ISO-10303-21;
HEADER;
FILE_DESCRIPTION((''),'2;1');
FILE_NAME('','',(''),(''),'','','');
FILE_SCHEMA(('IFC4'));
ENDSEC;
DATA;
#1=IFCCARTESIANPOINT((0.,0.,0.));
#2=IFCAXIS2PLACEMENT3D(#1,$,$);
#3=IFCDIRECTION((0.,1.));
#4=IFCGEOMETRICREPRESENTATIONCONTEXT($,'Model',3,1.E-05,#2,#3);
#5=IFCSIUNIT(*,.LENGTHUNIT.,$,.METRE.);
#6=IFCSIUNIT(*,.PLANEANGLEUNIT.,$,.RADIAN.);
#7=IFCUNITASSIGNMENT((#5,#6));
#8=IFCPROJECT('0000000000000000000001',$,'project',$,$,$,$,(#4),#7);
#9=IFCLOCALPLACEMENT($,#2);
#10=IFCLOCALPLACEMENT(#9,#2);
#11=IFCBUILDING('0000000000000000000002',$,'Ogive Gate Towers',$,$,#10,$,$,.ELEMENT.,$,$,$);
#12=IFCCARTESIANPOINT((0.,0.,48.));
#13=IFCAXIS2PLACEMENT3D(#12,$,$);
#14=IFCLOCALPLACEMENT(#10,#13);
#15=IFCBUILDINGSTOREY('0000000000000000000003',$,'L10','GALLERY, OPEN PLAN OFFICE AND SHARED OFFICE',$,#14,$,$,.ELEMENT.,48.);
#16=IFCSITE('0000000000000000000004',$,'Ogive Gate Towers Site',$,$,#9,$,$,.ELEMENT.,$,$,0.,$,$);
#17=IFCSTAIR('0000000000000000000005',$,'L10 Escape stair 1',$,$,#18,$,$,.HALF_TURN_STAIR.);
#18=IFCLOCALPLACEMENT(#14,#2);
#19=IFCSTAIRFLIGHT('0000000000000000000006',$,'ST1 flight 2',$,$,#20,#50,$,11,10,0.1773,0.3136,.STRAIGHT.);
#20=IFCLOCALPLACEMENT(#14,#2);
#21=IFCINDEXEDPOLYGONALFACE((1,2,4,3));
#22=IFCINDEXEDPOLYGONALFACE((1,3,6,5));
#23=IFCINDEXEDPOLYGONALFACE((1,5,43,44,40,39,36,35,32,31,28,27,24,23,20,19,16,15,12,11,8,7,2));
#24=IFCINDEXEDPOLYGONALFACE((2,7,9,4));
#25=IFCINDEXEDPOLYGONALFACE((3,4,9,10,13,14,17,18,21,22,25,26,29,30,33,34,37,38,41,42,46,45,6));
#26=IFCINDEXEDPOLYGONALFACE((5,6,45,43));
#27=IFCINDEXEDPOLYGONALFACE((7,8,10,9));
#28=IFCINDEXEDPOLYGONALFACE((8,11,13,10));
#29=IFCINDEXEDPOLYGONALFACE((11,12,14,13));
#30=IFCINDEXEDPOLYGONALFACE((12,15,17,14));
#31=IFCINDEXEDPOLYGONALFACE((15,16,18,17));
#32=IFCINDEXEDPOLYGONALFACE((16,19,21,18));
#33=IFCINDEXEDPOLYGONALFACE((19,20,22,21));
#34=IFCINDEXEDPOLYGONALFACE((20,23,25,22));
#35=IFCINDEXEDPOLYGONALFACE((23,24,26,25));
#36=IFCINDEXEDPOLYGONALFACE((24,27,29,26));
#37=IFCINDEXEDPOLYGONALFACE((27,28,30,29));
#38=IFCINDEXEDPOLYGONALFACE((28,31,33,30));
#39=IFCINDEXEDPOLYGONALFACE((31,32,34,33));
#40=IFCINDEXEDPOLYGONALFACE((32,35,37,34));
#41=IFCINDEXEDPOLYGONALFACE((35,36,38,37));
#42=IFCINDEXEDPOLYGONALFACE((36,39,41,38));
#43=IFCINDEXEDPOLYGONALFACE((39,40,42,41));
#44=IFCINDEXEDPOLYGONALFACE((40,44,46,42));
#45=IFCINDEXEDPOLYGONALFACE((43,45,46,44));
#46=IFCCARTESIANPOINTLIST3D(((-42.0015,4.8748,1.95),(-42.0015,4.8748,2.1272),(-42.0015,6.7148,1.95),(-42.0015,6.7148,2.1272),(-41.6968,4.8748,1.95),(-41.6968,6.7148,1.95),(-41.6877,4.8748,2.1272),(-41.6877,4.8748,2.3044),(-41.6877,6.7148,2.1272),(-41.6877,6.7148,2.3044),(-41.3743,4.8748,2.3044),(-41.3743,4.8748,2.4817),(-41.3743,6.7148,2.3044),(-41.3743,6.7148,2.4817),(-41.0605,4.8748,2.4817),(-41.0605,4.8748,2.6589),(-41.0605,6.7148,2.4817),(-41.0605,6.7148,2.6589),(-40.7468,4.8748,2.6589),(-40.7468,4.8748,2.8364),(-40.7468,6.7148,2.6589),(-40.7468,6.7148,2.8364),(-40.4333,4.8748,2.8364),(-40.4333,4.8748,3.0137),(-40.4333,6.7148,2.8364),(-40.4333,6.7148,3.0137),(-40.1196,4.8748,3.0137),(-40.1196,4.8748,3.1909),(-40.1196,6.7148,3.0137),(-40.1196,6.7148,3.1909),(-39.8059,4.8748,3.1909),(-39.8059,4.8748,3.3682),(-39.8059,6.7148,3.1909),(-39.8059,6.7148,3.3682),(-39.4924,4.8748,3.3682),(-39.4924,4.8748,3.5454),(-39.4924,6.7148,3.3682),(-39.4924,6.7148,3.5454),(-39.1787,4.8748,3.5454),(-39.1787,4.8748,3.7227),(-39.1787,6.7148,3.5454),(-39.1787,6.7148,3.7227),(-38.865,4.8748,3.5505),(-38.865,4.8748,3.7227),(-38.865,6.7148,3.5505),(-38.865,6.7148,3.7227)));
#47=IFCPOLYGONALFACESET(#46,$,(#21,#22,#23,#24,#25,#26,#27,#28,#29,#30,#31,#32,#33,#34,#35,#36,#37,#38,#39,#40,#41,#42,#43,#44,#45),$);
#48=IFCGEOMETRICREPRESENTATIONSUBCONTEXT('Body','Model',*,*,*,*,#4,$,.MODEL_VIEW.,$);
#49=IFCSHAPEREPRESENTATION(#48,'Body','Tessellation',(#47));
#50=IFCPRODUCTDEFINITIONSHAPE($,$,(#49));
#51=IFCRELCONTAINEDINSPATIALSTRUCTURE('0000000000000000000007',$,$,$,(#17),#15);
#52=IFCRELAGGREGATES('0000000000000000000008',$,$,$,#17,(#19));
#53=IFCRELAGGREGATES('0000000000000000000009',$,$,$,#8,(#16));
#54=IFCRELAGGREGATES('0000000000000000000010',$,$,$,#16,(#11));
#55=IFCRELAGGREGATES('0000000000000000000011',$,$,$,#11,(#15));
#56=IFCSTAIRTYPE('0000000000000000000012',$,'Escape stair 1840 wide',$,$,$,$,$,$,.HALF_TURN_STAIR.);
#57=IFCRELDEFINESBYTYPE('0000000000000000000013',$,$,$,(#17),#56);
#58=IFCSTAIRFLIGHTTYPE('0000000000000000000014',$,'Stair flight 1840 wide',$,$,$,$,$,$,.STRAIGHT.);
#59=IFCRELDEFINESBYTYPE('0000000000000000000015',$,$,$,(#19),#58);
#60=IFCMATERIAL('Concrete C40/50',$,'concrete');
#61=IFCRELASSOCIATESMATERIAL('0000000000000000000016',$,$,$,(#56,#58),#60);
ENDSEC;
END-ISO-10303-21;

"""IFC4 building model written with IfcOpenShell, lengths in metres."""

from ifc_helpers import new_model, si_unit, direction, frame, origin, place, context, subcontext, project, spatial, polyline, outline, extrude, material, type_object, element, aggregate, save


model = new_model("IFC4")

# Units and contexts
model_context = context("Model", 3, precision=1e-05, world=origin(), true_north=direction((0.0, 1.0)))
body_context = subcontext(model_context, "Body", "Model", "MODEL_VIEW")
ifc_project = project(units=[si_unit("LENGTHUNIT", "METRE"), si_unit("PLANEANGLEUNIT", "RADIAN")], contexts=[model_context])

# Site, building, storey
site_placement = place(None, origin())
site = spatial("IfcSite", under=ifc_project, at=site_placement, Name="Ogive Gate Towers Site", CompositionType="ELEMENT", RefElevation=0.0)
building_placement = place(site_placement, origin())
building = spatial("IfcBuilding", under=site, at=building_placement, Name="Ogive Gate Towers", CompositionType="ELEMENT")
storey_placement = place(building_placement, frame((0.0, 0.0, 48.0)))
storey = spatial("IfcBuildingStorey", under=building, at=storey_placement, Name="L10", Description="GALLERY, OPEN PLAN OFFICE AND SHARED OFFICE", CompositionType="ELEMENT", Elevation=48.0)

# Stair, stair flight
ifc_material_1 = material(Name="Concrete C40/50", Category="concrete")
stair_type = type_object("IfcStairType", Name="Escape stair 1840 wide", PredefinedType="HALF_TURN_STAIR", material=ifc_material_1)
stair_placement = place(storey_placement, origin())
stair = element("IfcStair", 1, at=stair_placement, inside=storey, type_object=stair_type, Name="L10 Escape stair 1", PredefinedType="HALF_TURN_STAIR")
stair_flight_type = type_object("IfcStairFlightType", Name="Stair flight 1840 wide", PredefinedType="STRAIGHT", material=ifc_material_1)
stair_flight_1_placement = place(storey_placement, frame((-42.0015, 5.7949, 1.95), z_axis=(0.0, 0.0, 1.0), x_axis=(1.0, 0.0, 0.0)))
stair_flight_1 = element("IfcStairFlight", 2, at=stair_flight_1_placement, type_object=stair_flight_type, Name="ST1 flight 2", NumberOfRisers=11, NumberOfTreads=10, PredefinedType="STRAIGHT", RiserHeight=0.1773, TreadLength=0.3136, context=body_context, shape_type="SweptSolid", body=[
    extrude(outline(polyline([(0.0, 0.0), (0.0, 0.1772), (0.3137, 0.1772), (0.3137, 0.3545), (0.6272, 0.3545), (0.6272, 0.5317), (0.9409, 0.5317), (0.9409, 0.709), (1.2546, 0.709), (1.2546, 0.8865), (1.5681, 0.8865), (1.5681, 1.0637), (1.8818, 1.0637), (1.8818, 1.241), (2.1956, 1.241), (2.1956, 1.4182), (2.509, 1.4182), (2.509, 1.5955), (2.8228, 1.5955), (2.8228, 1.7727), (3.1365, 1.7727), (3.1365, 1.95), (3.1365, 1.6006), (0.3047, 0.0), (0.0, 0.0)])), frame((0.0, 0.9199, 0.0), z_axis=(0.0, -1.0, 0.0), x_axis=(1.0, 0.0, 0.0)), (0.0, 0.0, 1.0), 1.8401),
])
aggregate(stair, [stair_flight_1])

save(model, "model.ifc")
